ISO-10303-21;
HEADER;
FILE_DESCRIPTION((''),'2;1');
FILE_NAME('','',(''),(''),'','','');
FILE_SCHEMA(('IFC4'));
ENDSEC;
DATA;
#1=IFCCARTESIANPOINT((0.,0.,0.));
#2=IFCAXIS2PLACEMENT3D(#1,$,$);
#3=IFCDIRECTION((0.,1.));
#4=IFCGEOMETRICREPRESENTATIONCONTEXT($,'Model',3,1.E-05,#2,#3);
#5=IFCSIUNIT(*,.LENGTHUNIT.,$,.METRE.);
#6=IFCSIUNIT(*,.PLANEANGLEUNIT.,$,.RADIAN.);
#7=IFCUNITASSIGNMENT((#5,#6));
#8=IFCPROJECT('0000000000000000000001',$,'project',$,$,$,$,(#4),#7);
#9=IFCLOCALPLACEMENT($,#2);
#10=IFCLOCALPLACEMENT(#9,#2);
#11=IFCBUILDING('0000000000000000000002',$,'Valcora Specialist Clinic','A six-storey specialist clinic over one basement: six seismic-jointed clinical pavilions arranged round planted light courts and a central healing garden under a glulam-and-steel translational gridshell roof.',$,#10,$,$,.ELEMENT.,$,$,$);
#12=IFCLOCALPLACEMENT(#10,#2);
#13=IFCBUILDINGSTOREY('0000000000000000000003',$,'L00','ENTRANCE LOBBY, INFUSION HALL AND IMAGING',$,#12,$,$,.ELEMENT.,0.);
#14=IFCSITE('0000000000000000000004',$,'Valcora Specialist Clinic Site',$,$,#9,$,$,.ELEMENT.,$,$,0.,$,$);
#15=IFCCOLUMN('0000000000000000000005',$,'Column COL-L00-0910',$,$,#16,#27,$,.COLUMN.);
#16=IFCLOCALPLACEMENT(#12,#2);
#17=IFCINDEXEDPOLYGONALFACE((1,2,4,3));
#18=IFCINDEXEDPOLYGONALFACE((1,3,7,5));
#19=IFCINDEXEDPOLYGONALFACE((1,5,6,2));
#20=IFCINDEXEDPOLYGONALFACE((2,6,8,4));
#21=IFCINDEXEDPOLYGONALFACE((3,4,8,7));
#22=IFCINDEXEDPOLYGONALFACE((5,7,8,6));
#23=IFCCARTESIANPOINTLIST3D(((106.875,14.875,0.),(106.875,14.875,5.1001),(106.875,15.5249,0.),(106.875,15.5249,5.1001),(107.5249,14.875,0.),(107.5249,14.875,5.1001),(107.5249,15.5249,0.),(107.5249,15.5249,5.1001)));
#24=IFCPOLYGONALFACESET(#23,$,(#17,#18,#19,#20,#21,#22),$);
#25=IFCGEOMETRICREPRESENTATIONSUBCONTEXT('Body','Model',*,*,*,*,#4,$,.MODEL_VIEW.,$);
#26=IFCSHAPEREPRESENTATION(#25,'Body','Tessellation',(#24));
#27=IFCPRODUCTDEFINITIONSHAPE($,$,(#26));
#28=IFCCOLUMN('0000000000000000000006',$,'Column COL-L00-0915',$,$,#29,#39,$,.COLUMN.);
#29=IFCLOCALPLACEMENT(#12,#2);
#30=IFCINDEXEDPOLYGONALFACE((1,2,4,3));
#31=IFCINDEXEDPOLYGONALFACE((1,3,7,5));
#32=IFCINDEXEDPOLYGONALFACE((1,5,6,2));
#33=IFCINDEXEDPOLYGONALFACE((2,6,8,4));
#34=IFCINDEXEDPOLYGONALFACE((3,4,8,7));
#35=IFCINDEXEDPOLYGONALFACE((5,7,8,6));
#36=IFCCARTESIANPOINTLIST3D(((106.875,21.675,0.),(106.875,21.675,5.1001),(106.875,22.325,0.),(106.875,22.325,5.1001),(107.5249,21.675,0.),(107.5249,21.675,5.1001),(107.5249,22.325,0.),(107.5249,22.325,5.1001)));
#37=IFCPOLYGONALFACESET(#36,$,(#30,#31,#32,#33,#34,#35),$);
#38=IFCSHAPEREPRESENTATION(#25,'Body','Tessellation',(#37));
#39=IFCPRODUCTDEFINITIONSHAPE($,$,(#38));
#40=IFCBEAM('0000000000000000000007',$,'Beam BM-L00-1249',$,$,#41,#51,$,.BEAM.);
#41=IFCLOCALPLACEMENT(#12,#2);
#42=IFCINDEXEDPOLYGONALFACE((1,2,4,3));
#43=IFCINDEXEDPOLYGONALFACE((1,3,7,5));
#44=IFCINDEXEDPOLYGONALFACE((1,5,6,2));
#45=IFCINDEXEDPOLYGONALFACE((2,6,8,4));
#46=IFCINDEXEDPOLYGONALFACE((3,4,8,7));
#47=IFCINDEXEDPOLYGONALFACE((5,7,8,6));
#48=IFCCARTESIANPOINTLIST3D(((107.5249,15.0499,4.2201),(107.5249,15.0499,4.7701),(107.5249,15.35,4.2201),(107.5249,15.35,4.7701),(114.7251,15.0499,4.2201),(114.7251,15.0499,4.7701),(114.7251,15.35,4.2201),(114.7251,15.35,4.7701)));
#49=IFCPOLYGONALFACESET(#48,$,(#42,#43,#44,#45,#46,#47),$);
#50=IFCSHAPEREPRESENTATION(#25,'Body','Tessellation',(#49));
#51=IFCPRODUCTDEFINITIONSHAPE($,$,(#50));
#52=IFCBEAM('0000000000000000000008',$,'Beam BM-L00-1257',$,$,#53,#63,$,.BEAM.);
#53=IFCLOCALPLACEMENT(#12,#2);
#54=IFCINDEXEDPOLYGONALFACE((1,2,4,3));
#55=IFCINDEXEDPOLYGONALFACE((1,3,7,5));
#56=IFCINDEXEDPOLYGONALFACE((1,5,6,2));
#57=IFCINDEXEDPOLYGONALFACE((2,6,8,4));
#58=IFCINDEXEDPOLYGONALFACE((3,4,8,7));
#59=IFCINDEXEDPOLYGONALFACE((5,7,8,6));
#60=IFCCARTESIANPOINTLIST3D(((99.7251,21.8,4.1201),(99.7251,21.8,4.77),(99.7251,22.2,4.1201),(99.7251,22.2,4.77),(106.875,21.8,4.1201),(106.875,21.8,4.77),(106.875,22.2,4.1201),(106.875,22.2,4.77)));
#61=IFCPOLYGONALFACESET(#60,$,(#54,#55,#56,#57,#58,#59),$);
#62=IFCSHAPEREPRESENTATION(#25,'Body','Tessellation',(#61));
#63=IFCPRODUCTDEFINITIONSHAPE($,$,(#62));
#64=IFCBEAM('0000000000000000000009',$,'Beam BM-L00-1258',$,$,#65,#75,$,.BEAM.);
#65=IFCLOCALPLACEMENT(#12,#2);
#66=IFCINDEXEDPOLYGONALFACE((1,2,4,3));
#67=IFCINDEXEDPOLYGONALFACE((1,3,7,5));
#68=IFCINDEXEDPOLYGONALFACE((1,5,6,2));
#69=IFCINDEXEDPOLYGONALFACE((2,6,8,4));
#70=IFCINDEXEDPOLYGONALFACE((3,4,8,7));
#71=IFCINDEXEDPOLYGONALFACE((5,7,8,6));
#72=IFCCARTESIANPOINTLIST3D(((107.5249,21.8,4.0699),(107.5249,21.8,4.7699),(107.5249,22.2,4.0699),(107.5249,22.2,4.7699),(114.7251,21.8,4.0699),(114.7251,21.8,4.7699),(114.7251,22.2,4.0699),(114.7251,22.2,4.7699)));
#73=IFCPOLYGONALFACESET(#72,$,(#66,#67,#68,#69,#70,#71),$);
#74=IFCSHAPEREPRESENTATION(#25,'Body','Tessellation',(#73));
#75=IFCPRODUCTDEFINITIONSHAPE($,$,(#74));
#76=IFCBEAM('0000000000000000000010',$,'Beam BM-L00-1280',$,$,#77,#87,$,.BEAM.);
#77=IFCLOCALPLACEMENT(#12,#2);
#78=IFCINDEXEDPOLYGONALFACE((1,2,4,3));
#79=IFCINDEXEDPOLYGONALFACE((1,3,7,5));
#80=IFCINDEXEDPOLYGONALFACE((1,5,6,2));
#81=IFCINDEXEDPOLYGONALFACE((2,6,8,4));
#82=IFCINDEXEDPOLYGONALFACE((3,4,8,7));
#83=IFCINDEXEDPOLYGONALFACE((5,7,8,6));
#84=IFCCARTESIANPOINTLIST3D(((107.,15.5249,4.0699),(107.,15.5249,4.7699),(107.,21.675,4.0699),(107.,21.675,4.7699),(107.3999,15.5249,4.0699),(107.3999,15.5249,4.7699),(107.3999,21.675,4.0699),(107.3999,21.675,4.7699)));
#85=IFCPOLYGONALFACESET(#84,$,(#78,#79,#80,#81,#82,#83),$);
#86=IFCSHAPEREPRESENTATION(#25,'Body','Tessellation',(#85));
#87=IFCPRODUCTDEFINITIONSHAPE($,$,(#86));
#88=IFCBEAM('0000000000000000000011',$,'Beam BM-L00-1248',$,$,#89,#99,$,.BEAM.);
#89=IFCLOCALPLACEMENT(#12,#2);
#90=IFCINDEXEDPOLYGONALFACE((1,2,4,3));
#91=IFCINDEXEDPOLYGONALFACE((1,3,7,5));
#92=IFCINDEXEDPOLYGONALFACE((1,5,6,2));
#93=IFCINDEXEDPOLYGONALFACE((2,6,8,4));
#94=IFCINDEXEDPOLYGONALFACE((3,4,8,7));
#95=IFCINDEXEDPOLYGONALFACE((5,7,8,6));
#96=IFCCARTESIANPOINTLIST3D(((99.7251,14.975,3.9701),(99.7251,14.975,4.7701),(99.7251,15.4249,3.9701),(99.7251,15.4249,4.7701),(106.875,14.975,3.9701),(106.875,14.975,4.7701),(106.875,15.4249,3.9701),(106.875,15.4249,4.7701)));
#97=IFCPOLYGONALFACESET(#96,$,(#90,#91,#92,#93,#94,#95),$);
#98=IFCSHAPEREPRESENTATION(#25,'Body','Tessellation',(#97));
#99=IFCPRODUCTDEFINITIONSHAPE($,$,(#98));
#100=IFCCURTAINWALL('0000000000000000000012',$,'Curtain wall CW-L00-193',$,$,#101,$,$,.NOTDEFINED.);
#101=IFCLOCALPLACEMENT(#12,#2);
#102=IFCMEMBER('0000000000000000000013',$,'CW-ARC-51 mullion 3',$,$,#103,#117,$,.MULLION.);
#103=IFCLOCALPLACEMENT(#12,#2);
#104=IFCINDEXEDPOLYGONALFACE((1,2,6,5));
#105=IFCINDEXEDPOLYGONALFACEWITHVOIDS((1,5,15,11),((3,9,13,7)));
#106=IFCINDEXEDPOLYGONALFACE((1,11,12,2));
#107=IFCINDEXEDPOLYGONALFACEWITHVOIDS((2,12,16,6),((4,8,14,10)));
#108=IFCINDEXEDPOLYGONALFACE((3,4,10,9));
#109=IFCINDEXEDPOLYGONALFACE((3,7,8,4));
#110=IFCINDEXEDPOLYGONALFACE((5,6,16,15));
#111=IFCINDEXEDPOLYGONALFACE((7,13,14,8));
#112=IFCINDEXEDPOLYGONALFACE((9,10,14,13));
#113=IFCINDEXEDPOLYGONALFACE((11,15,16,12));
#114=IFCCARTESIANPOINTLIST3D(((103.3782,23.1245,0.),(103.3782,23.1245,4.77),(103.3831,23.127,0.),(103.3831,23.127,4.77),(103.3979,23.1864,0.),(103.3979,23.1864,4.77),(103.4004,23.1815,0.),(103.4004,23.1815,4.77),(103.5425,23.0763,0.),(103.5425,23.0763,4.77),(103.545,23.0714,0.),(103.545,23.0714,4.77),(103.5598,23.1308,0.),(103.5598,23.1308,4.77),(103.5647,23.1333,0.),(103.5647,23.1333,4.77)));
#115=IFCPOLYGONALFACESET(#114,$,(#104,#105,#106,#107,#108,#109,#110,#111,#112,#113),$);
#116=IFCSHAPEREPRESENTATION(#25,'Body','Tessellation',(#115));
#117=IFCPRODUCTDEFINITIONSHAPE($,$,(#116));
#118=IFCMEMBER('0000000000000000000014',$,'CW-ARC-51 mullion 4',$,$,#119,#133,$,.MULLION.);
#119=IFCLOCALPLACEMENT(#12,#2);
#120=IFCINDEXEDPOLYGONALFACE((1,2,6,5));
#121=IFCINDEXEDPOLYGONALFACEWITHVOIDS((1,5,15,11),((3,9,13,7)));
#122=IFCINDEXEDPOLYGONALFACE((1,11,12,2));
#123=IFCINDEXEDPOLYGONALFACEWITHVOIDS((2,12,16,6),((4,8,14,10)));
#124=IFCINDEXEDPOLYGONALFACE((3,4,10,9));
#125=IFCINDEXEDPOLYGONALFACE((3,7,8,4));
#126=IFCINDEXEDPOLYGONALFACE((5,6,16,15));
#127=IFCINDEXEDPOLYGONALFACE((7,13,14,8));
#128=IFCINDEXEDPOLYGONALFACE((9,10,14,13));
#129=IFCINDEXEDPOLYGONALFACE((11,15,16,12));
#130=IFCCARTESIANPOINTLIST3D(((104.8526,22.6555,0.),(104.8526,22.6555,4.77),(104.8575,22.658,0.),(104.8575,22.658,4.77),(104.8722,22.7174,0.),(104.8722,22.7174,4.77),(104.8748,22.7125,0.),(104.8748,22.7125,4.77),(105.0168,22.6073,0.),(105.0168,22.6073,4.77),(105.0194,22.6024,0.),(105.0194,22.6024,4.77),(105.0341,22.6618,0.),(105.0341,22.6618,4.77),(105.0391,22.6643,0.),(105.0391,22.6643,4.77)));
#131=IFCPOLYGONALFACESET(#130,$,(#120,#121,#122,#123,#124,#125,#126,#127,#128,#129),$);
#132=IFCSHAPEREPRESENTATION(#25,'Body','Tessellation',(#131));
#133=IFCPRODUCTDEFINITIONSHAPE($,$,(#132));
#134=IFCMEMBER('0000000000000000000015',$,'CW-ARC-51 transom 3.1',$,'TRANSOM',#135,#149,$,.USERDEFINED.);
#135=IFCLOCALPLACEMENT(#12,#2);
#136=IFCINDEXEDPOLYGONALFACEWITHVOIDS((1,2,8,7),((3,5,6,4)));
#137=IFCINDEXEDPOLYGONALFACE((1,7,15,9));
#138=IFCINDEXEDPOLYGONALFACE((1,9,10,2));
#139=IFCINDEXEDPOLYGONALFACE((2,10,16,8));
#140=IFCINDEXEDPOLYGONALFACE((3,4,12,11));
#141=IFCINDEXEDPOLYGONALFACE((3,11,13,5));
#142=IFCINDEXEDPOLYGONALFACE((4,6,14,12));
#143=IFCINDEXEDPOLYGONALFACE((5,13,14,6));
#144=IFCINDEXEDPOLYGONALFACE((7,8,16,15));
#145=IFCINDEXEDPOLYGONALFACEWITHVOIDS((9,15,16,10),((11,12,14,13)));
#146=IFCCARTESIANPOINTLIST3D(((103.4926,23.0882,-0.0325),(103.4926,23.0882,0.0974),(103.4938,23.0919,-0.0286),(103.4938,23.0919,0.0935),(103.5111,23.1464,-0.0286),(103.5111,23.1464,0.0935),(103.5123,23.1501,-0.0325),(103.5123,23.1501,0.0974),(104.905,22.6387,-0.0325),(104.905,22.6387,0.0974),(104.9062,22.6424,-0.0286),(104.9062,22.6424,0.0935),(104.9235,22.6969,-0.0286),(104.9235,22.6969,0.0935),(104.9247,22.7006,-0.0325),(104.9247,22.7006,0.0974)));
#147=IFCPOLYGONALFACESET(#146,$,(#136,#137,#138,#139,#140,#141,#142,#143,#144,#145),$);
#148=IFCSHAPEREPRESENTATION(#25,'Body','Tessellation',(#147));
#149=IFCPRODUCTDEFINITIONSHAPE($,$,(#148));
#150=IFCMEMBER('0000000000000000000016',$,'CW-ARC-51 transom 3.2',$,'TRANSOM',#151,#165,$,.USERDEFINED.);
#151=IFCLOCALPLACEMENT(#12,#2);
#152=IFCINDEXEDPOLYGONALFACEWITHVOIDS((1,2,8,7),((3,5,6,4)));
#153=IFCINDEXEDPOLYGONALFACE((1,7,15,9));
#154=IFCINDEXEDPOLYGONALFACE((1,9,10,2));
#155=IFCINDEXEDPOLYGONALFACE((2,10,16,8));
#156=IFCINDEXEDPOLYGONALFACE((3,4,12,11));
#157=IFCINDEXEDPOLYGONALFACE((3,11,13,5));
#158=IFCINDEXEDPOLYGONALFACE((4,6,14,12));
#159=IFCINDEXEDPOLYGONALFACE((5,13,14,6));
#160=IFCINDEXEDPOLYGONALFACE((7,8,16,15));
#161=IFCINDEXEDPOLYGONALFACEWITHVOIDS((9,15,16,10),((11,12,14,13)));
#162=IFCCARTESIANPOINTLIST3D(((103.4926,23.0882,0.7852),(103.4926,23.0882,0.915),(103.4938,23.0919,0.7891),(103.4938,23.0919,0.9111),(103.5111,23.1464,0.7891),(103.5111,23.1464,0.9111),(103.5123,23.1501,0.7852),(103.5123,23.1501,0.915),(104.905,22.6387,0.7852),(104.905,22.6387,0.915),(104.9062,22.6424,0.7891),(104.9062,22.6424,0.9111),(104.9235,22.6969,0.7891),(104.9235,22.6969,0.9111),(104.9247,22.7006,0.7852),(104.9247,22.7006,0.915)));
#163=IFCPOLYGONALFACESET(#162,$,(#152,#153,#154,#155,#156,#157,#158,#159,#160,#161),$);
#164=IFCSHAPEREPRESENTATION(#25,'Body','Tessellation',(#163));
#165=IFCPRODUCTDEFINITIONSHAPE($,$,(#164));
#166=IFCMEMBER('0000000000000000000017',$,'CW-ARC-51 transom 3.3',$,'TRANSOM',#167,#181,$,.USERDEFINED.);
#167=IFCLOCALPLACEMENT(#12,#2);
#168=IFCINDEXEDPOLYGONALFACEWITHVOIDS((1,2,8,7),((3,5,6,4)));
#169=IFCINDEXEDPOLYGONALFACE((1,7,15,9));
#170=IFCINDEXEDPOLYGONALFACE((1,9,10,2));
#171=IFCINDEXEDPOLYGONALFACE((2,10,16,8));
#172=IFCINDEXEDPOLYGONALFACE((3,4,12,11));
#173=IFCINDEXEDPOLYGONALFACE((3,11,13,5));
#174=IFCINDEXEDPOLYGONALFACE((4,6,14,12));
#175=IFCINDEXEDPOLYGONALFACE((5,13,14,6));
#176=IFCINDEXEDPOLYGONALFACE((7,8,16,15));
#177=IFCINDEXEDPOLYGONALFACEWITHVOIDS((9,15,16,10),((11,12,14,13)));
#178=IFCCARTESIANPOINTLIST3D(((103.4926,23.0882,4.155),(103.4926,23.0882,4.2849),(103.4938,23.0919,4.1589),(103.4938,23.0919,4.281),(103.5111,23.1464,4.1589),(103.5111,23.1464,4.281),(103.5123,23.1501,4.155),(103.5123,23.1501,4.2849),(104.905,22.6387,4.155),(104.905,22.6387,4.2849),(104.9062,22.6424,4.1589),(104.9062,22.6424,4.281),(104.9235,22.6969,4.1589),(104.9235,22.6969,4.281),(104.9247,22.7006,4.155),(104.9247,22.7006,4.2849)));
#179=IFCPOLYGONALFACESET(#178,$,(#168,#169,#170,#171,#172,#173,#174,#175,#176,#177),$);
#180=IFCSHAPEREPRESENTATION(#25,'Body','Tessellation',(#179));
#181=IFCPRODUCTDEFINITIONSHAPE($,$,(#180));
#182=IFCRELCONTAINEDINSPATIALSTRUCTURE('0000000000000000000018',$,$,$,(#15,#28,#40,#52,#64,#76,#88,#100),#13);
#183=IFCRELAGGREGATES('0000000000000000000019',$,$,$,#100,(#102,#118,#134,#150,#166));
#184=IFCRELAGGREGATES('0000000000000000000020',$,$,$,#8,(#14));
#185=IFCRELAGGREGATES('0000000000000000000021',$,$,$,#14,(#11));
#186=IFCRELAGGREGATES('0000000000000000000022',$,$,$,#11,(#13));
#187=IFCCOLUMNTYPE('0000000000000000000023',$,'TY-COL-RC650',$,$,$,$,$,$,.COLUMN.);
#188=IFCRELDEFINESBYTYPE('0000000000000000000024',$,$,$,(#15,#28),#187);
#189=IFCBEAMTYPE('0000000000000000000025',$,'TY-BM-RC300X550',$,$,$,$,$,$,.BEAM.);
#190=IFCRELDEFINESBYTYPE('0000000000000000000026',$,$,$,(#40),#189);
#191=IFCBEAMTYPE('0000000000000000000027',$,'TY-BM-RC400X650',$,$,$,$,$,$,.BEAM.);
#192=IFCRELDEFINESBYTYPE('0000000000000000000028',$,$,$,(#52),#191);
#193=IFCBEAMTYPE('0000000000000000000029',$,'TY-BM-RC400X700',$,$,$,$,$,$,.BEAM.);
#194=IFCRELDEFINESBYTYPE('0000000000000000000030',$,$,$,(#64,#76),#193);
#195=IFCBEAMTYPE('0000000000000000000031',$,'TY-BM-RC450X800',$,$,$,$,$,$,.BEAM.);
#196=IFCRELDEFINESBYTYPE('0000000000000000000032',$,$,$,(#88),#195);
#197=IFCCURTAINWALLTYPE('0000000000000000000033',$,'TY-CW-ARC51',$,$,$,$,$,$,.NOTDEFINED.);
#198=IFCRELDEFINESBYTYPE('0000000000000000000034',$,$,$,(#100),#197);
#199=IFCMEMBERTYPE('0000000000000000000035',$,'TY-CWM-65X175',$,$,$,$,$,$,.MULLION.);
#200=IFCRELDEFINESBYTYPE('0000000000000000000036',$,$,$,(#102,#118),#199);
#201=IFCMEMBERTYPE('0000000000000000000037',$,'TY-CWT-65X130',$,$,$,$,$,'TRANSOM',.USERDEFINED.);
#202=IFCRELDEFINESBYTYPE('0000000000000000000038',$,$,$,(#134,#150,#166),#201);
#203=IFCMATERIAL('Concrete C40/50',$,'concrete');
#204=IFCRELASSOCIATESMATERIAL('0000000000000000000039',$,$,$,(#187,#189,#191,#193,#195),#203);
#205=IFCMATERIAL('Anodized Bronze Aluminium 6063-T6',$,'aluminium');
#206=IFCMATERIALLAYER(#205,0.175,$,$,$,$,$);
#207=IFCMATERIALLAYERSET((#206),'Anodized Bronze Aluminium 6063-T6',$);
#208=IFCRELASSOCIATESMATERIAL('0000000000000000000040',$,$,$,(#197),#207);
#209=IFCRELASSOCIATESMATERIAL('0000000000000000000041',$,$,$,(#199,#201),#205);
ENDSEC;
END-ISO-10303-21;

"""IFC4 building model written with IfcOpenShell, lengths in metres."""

from ifc_helpers import new_model, si_unit, direction, frame, origin, origin_2d, place, context, subcontext, project, spatial, rectangle, hollow_rectangle, extrude, material, layer, layer_set, material_profile, profile_set, type_object, element, aggregate, save


model = new_model("IFC4")

# Units and contexts
model_context = context("Model", 3, precision=1e-05, world=origin(), true_north=direction((0.0, 1.0)))
body_context = subcontext(model_context, "Body", "Model", "MODEL_VIEW")
ifc_project = project(units=[si_unit("LENGTHUNIT", "METRE"), si_unit("PLANEANGLEUNIT", "RADIAN")], contexts=[model_context])

# Site, building, storey
site_placement = place(None, origin())
site = spatial("IfcSite", under=ifc_project, at=site_placement, Name="Valcora Specialist Clinic Site", CompositionType="ELEMENT", RefElevation=0.0)
building_placement = place(site_placement, origin())
building = spatial("IfcBuilding", under=site, at=building_placement, Name="Valcora Specialist Clinic", Description="A six-storey specialist clinic over one basement: six seismic-jointed clinical pavilions arranged round planted light courts and a central healing garden under a glulam-and-steel translational gridshell roof.", CompositionType="ELEMENT")
storey_placement = place(building_placement, origin())
storey = spatial("IfcBuildingStorey", under=building, at=storey_placement, Name="L00", Description="ENTRANCE LOBBY, INFUSION HALL AND IMAGING", CompositionType="ELEMENT", Elevation=0.0)

# Columns
ifc_material_1 = material(Name="Concrete C40/50", Category="concrete")
ifc_material_profile_1 = material_profile(ifc_material_1, rectangle(XDim=0.6499, YDim=0.6499, at=origin_2d()), Name="RC-COL-650X650")
ifc_profile_set_1 = profile_set([ifc_material_profile_1], Name="Concrete C40/50")
column_type = type_object("IfcColumnType", Name="TY-COL-RC650", PredefinedType="COLUMN", material=ifc_profile_set_1)
for number, where, z_axis, x_axis, name in (
    (1, (107.2, 15.2, 0.0), (0.0, 0.0, 1.0), (1.0, 0.0, 0.0), "Column COL-L00-0910"),
    (2, (107.2, 22.0, 0.0), (0.0, 0.0, 1.0), (1.0, 0.0, 0.0), "Column COL-L00-0915"),
):
    element("IfcColumn", number, at=place(storey_placement, frame(where, z_axis=z_axis, x_axis=x_axis)), inside=storey, type_object=column_type, Name=name, PredefinedType="COLUMN", context=body_context, shape_type="SweptSolid", body=[
        extrude(rectangle(XDim=0.6499, YDim=0.6499, at=origin_2d()), origin(), (0.0, 0.0, 1.0), 5.1001),
    ])

# Beams
ifc_material_profile_2 = material_profile(ifc_material_1, rectangle(XDim=0.3, YDim=0.55, at=origin_2d()), Name="RC-BM-300X550")
ifc_profile_set_2 = profile_set([ifc_material_profile_2], Name="Concrete C40/50")
beam_type_1 = type_object("IfcBeamType", Name="TY-BM-RC300X550", PredefinedType="BEAM", material=ifc_profile_set_2)
beam_1_placement = place(storey_placement, frame((107.5249, 15.2, 4.4951), z_axis=(1.0, 0.0, 0.0), x_axis=(0.0, 1.0, 0.0)))
element("IfcBeam", 3, at=beam_1_placement, inside=storey, type_object=beam_type_1, Name="Beam BM-L00-1249", PredefinedType="BEAM", context=body_context, shape_type="SweptSolid", body=[
    extrude(rectangle(XDim=0.3, YDim=0.55, at=origin_2d()), origin(), (0.0, 0.0, 1.0), 7.2002),
])
ifc_material_profile_3 = material_profile(ifc_material_1, rectangle(XDim=0.3999, YDim=0.6499, at=origin_2d()), Name="RC-BM-400X650")
ifc_profile_set_3 = profile_set([ifc_material_profile_3], Name="Concrete C40/50")
beam_type_2 = type_object("IfcBeamType", Name="TY-BM-RC400X650", PredefinedType="BEAM", material=ifc_profile_set_3)
beam_2_placement = place(storey_placement, frame((99.7251, 22.0, 4.4451), z_axis=(1.0, 0.0, 0.0), x_axis=(0.0, 1.0, 0.0)))
element("IfcBeam", 4, at=beam_2_placement, inside=storey, type_object=beam_type_2, Name="Beam BM-L00-1257", PredefinedType="BEAM", context=body_context, shape_type="SweptSolid", body=[
    extrude(rectangle(XDim=0.3999, YDim=0.6499, at=origin_2d()), origin(), (0.0, 0.0, 1.0), 7.1499),
])
ifc_material_profile_4 = material_profile(ifc_material_1, rectangle(XDim=0.3999, YDim=0.7, at=origin_2d()), Name="RC-BM-400X700")
ifc_profile_set_4 = profile_set([ifc_material_profile_4], Name="Concrete C40/50")
beam_type_3 = type_object("IfcBeamType", Name="TY-BM-RC400X700", PredefinedType="BEAM", material=ifc_profile_set_4)
beam_3_placement = place(storey_placement, frame((107.5249, 22.0, 4.4199), z_axis=(1.0, 0.0, 0.0), x_axis=(0.0, 1.0, 0.0)))
element("IfcBeam", 5, at=beam_3_placement, inside=storey, type_object=beam_type_3, Name="Beam BM-L00-1258", PredefinedType="BEAM", context=body_context, shape_type="SweptSolid", body=[
    extrude(rectangle(XDim=0.3999, YDim=0.7, at=origin_2d()), origin(), (0.0, 0.0, 1.0), 7.2002),
])
beam_4_placement = place(storey_placement, frame((107.2, 15.5249, 4.4199), z_axis=(0.0, 1.0, 0.0), x_axis=(-1.0, 0.0, 0.0)))
element("IfcBeam", 6, at=beam_4_placement, inside=storey, type_object=beam_type_3, Name="Beam BM-L00-1280", PredefinedType="BEAM", context=body_context, shape_type="SweptSolid", body=[
    extrude(rectangle(XDim=0.3999, YDim=0.7, at=origin_2d()), origin(), (0.0, 0.0, 1.0), 6.1501),
])
ifc_material_profile_5 = material_profile(ifc_material_1, rectangle(XDim=0.45, YDim=0.8, at=origin_2d()), Name="RC-BM-450X800")
ifc_profile_set_5 = profile_set([ifc_material_profile_5], Name="Concrete C40/50")
beam_type_4 = type_object("IfcBeamType", Name="TY-BM-RC450X800", PredefinedType="BEAM", material=ifc_profile_set_5)
beam_5_placement = place(storey_placement, frame((99.7251, 15.2, 4.3701), z_axis=(1.0, 0.0, 0.0), x_axis=(0.0, 1.0, 0.0)))
element("IfcBeam", 7, at=beam_5_placement, inside=storey, type_object=beam_type_4, Name="Beam BM-L00-1248", PredefinedType="BEAM", context=body_context, shape_type="SweptSolid", body=[
    extrude(rectangle(XDim=0.45, YDim=0.8, at=origin_2d()), origin(), (0.0, 0.0, 1.0), 7.1499),
])

# Curtain wall, members
ifc_material_2 = material(Name="Anodized Bronze Aluminium 6063-T6", Category="aluminium")
ifc_layer_1 = layer(ifc_material_2, 0.175)
ifc_layer_set_1 = layer_set([ifc_layer_1], Name="Anodized Bronze Aluminium 6063-T6")
curtain_wall_type = type_object("IfcCurtainWallType", Name="TY-CW-ARC51", PredefinedType="NOTDEFINED", material=ifc_layer_set_1)
curtain_wall_placement = place(storey_placement, origin())
curtain_wall = element("IfcCurtainWall", 8, at=curtain_wall_placement, inside=storey, type_object=curtain_wall_type, Name="Curtain wall CW-L00-193", PredefinedType="NOTDEFINED")
ifc_material_profile_6 = material_profile(ifc_material_2, hollow_rectangle(XDim=0.0649, YDim=0.175, WallThickness=0.0039, at=origin_2d()), Name="AL-MUL-65X175")
ifc_profile_set_6 = profile_set([ifc_material_profile_6], Name="Anodized Bronze Aluminium 6063-T6")
member_type_1 = type_object("IfcMemberType", Name="TY-CWM-65X175", PredefinedType="MULLION", material=ifc_profile_set_6)
member_1_placement = place(storey_placement, frame((103.4714, 23.1289, 0.0), z_axis=(0.0, 0.0, 1.0), x_axis=(0.303233, 0.952916, 0.0)))
member_1 = element("IfcMember", 9, at=member_1_placement, type_object=member_type_1, Name="CW-ARC-51 mullion 3", PredefinedType="MULLION", context=body_context, shape_type="SweptSolid", body=[
    extrude(hollow_rectangle(XDim=0.0649, YDim=0.175, WallThickness=0.0039, at=origin_2d()), origin(), (0.0, 0.0, 1.0), 4.77),
])
member_2_placement = place(storey_placement, frame((104.9458, 22.6599, 0.0), z_axis=(0.0, 0.0, 1.0), x_axis=(0.303233, 0.952916, 0.0)))
member_2 = element("IfcMember", 10, at=member_2_placement, type_object=member_type_1, Name="CW-ARC-51 mullion 4", PredefinedType="MULLION", context=body_context, shape_type="SweptSolid", body=[
    extrude(hollow_rectangle(XDim=0.0649, YDim=0.175, WallThickness=0.0039, at=origin_2d()), origin(), (0.0, 0.0, 1.0), 4.77),
])
ifc_material_profile_7 = material_profile(ifc_material_2, hollow_rectangle(XDim=0.0649, YDim=0.1299, WallThickness=0.0039, at=origin_2d()), Name="AL-TRN-65X130")
ifc_profile_set_7 = profile_set([ifc_material_profile_7], Name="Anodized Bronze Aluminium 6063-T6")
member_type_2 = type_object("IfcMemberType", Name="TY-CWT-65X130", ElementType="TRANSOM", PredefinedType="USERDEFINED", material=ifc_profile_set_7)
member_3_placement = place(storey_placement, frame((103.5024, 23.1191, 0.0325), z_axis=(0.952911, -0.303251, 0.0), x_axis=(0.303251, 0.952911, 0.0)))
member_3 = element("IfcMember", 11, at=member_3_placement, type_object=member_type_2, Name="CW-ARC-51 transom 3.1", ObjectType="TRANSOM", PredefinedType="USERDEFINED", context=body_context, shape_type="SweptSolid", body=[
    extrude(hollow_rectangle(XDim=0.0649, YDim=0.1299, WallThickness=0.0039, at=origin_2d()), origin(), (0.0, 0.0, 1.0), 1.4822),
])
member_4_placement = place(storey_placement, frame((103.5024, 23.1191, 0.8501), z_axis=(0.952911, -0.303251, 0.0), x_axis=(0.303251, 0.952911, 0.0)))
member_4 = element("IfcMember", 12, at=member_4_placement, type_object=member_type_2, Name="CW-ARC-51 transom 3.2", ObjectType="TRANSOM", PredefinedType="USERDEFINED", context=body_context, shape_type="SweptSolid", body=[
    extrude(hollow_rectangle(XDim=0.0649, YDim=0.1299, WallThickness=0.0039, at=origin_2d()), origin(), (0.0, 0.0, 1.0), 1.4822),
])
member_5_placement = place(storey_placement, frame((103.5024, 23.1191, 4.22), z_axis=(0.952911, -0.303251, 0.0), x_axis=(0.303251, 0.952911, 0.0)))
member_5 = element("IfcMember", 13, at=member_5_placement, type_object=member_type_2, Name="CW-ARC-51 transom 3.3", ObjectType="TRANSOM", PredefinedType="USERDEFINED", context=body_context, shape_type="SweptSolid", body=[
    extrude(hollow_rectangle(XDim=0.0649, YDim=0.1299, WallThickness=0.0039, at=origin_2d()), origin(), (0.0, 0.0, 1.0), 1.4822),
])
aggregate(curtain_wall, [member_1, member_2, member_3, member_4, member_5])

save(model, "model.ifc")
